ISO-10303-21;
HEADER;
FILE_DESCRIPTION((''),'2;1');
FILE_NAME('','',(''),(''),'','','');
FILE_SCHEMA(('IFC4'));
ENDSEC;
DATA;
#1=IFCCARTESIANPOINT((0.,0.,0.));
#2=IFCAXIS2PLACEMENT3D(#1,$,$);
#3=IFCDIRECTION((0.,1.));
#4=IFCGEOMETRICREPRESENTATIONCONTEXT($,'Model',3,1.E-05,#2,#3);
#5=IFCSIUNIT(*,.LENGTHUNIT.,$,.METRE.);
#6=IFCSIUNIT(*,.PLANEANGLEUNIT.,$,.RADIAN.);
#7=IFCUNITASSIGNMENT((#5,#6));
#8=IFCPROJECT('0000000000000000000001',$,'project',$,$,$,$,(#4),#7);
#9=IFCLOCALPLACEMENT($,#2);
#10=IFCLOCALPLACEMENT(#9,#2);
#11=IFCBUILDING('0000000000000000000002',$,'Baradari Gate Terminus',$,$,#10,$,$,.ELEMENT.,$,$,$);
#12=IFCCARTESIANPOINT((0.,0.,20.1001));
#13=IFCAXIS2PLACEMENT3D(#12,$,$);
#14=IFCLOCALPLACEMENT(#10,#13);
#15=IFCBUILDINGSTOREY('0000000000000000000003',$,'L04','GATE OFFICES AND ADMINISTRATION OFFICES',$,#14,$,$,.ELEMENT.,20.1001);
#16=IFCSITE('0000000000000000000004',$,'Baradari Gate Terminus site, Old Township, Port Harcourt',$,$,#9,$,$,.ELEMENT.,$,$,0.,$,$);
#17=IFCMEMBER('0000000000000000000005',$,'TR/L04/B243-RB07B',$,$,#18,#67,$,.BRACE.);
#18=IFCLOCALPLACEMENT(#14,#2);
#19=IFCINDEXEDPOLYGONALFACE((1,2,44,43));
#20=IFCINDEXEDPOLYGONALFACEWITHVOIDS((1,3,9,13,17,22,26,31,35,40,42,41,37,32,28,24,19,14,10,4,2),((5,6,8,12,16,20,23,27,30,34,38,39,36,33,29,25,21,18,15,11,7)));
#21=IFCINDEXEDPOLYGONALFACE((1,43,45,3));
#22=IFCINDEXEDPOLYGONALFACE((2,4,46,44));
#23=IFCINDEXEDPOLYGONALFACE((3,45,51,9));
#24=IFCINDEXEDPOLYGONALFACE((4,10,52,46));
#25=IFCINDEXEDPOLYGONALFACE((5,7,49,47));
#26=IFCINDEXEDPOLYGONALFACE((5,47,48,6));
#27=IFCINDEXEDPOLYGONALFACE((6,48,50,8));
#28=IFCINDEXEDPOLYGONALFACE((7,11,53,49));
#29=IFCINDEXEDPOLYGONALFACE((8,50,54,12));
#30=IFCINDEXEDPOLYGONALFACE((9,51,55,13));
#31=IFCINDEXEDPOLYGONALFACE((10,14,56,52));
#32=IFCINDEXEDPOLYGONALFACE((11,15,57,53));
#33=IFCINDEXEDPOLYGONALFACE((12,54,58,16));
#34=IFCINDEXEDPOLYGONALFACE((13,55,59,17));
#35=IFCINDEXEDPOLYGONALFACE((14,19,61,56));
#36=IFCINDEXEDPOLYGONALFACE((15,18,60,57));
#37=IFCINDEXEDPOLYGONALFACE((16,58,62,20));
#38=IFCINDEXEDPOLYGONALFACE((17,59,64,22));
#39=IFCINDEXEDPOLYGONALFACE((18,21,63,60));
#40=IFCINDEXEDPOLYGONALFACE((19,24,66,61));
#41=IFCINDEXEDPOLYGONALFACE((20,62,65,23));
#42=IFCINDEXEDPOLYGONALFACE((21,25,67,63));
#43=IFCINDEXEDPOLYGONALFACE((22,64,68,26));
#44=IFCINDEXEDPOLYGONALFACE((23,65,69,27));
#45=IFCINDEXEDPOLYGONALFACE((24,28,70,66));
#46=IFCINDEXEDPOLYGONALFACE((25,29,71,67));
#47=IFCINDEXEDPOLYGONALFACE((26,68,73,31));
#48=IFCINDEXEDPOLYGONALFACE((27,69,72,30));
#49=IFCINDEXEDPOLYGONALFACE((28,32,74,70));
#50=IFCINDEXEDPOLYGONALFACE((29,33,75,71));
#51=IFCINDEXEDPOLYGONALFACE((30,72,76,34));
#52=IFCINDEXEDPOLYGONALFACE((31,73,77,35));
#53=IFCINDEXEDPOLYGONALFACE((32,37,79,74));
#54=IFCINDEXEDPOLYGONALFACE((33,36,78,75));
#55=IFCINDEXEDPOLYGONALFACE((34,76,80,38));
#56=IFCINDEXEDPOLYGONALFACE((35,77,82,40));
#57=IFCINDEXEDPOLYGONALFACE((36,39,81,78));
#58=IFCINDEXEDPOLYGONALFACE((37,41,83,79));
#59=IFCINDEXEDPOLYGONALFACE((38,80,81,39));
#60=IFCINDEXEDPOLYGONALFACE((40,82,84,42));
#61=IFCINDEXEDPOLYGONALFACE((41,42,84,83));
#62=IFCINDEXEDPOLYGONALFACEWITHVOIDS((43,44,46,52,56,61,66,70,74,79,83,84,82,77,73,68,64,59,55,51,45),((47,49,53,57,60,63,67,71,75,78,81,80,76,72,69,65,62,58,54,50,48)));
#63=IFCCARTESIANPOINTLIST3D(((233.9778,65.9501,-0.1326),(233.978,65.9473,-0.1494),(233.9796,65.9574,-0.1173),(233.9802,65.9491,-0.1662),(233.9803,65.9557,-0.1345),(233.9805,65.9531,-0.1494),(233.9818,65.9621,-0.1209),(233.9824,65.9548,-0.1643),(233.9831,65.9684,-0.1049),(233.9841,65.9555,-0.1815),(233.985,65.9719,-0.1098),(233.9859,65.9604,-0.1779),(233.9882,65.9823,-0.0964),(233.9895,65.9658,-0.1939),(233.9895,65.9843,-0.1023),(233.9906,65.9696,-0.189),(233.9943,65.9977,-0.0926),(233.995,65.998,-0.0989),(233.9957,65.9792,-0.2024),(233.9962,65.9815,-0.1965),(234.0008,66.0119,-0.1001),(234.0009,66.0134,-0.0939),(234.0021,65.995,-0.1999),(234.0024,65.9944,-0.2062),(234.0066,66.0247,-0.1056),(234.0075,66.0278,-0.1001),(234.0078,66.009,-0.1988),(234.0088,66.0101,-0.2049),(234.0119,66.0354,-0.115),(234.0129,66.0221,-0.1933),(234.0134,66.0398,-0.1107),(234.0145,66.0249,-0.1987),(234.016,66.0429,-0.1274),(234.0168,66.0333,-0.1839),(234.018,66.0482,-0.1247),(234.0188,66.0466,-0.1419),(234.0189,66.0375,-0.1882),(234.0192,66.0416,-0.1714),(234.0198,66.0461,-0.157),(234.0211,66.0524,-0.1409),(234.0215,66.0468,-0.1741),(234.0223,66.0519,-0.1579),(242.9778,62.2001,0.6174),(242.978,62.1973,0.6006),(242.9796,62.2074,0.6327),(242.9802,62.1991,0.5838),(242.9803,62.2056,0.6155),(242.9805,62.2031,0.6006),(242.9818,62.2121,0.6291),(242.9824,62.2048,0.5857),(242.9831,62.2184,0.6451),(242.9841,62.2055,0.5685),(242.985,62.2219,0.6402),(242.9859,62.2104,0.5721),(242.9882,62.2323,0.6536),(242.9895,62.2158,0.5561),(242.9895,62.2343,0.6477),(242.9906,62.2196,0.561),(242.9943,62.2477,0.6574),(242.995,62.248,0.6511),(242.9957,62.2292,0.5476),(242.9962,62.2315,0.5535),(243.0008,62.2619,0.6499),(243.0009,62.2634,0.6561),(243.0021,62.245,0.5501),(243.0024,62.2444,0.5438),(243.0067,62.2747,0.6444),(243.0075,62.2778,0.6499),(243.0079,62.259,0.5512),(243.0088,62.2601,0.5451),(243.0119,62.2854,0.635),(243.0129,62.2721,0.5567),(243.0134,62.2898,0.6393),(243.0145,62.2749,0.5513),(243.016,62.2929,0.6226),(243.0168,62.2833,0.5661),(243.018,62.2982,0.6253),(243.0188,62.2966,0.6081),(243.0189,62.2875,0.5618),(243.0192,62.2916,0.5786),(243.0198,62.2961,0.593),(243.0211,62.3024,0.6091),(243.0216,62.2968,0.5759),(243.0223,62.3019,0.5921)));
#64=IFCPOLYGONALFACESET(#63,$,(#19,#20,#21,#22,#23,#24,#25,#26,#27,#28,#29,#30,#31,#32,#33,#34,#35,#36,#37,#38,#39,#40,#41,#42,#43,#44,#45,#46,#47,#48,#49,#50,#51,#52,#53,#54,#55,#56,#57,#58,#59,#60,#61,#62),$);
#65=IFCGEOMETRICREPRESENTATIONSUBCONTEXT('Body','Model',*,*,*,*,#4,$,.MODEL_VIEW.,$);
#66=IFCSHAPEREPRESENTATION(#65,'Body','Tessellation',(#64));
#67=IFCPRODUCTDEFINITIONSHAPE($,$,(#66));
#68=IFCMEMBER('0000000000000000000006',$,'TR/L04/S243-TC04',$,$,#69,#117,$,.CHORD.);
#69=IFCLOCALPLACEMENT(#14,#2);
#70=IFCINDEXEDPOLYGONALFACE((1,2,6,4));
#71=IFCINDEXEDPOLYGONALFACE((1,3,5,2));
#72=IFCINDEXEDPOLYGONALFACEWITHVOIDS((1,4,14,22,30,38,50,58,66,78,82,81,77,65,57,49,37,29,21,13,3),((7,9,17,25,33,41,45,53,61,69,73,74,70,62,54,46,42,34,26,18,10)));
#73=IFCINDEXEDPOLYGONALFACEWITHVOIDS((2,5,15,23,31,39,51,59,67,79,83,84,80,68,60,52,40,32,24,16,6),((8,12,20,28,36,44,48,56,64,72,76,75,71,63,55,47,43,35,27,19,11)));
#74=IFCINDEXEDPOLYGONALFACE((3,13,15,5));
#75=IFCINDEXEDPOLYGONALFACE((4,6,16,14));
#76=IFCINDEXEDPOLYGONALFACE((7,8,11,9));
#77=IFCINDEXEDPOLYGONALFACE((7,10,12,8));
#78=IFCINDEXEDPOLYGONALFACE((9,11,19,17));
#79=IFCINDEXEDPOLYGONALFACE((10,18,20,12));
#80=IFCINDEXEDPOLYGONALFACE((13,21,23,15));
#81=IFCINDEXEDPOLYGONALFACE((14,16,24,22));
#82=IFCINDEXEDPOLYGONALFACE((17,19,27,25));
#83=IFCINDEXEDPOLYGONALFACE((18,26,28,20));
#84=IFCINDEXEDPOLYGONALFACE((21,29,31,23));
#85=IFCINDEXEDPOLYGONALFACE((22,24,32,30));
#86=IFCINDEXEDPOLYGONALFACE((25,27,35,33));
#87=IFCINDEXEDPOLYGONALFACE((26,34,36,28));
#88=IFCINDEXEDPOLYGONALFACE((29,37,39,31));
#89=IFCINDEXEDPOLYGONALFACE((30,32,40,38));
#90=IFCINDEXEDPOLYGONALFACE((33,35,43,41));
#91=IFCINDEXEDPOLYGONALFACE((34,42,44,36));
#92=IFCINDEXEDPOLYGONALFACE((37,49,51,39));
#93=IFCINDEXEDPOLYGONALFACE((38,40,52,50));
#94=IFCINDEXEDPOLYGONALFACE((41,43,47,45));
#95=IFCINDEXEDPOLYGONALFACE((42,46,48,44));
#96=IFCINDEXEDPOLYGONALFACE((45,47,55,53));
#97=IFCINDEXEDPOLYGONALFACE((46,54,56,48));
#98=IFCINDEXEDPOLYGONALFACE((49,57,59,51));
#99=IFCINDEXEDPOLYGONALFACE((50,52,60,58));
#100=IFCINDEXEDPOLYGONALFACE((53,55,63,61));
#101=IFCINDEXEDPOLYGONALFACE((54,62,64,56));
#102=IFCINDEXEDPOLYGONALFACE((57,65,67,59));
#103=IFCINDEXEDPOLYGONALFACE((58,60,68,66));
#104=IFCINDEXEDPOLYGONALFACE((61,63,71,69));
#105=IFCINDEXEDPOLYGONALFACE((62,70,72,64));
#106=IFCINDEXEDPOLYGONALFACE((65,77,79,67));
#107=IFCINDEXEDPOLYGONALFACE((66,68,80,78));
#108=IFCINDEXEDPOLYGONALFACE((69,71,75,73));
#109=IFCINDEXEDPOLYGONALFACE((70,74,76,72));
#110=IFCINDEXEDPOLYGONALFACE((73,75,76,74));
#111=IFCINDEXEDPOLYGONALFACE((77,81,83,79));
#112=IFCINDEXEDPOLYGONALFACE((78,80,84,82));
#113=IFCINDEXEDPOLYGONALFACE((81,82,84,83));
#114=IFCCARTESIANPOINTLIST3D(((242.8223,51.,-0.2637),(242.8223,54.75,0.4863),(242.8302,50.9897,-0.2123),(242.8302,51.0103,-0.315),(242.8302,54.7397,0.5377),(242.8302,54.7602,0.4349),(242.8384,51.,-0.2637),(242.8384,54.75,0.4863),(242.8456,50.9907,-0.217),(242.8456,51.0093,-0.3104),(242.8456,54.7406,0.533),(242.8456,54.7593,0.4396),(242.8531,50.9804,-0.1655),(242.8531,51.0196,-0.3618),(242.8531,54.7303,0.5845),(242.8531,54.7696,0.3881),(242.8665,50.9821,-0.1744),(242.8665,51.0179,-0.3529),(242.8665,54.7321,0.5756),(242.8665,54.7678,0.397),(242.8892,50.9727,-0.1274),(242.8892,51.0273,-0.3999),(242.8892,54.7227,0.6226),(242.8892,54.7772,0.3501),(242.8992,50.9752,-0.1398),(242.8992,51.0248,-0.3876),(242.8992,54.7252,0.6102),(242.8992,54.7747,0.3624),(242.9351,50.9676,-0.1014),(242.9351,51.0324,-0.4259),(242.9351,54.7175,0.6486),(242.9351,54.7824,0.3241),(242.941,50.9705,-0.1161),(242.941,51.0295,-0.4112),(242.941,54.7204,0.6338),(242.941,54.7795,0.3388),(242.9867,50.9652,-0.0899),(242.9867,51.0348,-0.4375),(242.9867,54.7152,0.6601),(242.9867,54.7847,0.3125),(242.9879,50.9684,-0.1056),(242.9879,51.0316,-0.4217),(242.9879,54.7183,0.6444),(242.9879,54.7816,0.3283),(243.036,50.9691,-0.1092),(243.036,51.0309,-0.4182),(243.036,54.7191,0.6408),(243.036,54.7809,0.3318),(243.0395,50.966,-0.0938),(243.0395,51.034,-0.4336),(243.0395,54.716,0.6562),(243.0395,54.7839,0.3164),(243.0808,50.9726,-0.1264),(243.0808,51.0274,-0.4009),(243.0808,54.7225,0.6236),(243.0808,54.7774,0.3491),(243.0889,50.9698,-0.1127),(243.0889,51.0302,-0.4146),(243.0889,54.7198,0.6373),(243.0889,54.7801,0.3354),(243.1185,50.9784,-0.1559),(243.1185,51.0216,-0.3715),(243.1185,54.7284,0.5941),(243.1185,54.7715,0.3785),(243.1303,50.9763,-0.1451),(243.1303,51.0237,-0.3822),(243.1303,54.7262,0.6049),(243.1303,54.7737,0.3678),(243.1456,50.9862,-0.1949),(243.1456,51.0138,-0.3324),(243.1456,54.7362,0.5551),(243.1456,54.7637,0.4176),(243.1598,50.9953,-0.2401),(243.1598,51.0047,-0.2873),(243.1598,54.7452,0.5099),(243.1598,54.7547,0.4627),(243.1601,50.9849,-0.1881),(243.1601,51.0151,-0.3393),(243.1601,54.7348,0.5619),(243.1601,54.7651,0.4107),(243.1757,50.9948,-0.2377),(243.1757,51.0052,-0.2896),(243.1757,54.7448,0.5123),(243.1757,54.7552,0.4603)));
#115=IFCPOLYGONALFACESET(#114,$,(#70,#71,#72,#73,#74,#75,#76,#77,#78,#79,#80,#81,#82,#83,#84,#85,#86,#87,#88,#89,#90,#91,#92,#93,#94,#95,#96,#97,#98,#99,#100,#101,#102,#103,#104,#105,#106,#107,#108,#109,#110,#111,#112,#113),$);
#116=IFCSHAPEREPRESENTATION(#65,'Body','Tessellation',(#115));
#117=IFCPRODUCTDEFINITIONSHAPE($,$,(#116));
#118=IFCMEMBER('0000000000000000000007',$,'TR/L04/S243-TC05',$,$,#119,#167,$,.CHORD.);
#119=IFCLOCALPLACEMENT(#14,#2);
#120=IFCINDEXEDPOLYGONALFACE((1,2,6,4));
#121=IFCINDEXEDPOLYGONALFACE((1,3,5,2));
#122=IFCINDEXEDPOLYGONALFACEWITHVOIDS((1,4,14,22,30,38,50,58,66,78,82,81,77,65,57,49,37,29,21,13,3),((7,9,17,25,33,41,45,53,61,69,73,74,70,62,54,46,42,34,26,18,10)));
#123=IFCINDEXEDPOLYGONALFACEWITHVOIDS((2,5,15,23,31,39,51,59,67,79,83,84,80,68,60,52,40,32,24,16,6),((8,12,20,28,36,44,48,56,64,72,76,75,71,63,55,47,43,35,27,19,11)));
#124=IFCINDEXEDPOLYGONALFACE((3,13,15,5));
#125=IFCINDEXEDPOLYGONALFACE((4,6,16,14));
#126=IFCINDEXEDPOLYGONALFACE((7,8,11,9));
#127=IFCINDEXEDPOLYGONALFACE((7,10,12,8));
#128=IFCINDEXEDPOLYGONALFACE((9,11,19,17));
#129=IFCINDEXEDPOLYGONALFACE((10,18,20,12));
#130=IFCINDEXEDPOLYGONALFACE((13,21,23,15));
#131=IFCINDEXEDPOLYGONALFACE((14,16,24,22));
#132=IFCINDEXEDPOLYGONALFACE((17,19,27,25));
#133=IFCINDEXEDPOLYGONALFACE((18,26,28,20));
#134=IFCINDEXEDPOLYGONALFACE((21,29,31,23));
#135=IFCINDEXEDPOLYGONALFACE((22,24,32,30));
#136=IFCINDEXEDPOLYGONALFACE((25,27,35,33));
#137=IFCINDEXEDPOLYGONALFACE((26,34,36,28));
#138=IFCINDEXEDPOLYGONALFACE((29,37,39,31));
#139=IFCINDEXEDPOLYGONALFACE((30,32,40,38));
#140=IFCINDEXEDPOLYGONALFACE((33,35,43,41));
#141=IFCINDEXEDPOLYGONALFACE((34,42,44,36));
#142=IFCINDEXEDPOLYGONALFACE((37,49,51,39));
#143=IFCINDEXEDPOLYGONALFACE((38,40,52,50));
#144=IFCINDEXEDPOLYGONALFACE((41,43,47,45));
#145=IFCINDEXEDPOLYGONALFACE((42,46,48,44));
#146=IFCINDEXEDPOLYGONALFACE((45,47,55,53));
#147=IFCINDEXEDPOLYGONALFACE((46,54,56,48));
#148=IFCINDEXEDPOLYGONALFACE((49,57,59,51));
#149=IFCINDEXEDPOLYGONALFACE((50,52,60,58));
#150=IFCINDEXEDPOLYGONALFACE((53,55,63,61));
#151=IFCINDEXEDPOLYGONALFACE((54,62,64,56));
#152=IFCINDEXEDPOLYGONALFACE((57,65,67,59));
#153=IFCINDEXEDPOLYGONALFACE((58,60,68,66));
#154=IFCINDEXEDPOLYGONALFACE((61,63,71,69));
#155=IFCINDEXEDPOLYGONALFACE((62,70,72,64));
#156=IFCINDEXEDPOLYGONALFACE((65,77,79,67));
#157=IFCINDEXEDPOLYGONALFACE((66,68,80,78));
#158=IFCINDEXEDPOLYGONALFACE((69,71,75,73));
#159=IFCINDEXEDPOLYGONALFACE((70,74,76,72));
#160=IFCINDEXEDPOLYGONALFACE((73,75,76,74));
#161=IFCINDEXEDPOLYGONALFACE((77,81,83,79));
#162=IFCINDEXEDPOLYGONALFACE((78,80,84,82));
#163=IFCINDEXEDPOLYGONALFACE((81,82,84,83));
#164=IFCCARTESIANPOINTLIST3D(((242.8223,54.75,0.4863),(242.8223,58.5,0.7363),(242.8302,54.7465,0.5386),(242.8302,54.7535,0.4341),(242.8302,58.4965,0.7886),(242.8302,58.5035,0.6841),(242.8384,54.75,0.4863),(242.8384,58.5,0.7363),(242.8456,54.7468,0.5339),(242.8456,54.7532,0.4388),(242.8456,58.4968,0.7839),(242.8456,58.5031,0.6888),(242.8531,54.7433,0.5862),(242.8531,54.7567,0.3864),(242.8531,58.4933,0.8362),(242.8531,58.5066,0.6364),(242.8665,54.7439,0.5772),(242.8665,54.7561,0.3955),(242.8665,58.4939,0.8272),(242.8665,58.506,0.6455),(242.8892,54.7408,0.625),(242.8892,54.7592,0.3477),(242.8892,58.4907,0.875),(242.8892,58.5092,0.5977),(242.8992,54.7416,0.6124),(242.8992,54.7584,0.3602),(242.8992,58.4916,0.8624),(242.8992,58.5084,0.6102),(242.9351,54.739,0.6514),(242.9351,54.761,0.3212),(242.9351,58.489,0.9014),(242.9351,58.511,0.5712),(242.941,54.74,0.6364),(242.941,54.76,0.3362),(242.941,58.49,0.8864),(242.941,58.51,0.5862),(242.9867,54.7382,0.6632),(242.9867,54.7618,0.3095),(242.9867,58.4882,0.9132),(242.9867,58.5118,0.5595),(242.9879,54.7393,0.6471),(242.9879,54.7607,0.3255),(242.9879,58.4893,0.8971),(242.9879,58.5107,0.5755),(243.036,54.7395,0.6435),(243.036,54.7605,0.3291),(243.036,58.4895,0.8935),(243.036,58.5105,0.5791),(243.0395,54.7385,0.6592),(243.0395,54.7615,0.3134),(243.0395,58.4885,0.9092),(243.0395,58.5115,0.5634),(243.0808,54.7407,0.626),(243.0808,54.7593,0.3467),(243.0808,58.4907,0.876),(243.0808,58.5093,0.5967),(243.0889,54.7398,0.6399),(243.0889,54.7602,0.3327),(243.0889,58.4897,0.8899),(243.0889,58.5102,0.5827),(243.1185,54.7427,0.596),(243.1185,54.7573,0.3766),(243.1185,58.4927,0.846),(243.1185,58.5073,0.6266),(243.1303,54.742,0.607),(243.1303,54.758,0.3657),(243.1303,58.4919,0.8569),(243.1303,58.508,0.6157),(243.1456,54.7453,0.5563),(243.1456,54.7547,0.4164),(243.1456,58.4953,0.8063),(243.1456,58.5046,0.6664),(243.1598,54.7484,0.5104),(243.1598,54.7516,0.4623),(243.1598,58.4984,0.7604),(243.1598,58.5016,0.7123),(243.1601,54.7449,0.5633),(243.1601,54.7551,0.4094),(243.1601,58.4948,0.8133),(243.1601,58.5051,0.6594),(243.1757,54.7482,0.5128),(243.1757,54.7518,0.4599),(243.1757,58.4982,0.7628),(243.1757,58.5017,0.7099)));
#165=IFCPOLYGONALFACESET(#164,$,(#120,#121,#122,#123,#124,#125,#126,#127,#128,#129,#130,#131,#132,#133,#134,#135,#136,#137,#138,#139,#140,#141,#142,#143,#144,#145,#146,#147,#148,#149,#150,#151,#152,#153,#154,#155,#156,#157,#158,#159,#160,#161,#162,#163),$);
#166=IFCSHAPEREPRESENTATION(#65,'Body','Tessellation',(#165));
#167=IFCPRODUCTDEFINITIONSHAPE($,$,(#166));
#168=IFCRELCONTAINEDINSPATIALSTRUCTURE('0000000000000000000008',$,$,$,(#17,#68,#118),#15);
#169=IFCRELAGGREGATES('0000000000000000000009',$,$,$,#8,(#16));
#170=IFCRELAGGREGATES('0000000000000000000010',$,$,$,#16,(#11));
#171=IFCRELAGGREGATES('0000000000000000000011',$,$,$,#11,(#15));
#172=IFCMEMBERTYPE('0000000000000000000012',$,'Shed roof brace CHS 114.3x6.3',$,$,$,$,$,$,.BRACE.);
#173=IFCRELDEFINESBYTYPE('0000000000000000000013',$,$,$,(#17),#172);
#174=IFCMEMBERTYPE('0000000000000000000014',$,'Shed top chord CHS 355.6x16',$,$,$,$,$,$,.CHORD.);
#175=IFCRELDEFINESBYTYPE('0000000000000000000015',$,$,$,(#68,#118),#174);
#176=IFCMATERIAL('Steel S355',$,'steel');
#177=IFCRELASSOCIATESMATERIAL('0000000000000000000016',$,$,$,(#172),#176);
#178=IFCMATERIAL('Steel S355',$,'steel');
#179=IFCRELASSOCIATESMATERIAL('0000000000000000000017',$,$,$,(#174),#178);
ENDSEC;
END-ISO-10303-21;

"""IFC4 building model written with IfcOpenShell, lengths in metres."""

from ifc_helpers import new_model, si_unit, direction, frame, origin, origin_2d, place, context, subcontext, project, spatial, hollow_circle, extrude, material, material_profile, profile_set, type_object, element, save


model = new_model("IFC4")

# Units and contexts
model_context = context("Model", 3, precision=1e-05, world=origin(), true_north=direction((0.0, 1.0)))
body_context = subcontext(model_context, "Body", "Model", "MODEL_VIEW")
ifc_project = project(units=[si_unit("LENGTHUNIT", "METRE"), si_unit("PLANEANGLEUNIT", "RADIAN")], contexts=[model_context])

# Site, building, storey
site_placement = place(None, origin())
site = spatial("IfcSite", under=ifc_project, at=site_placement, Name="Baradari Gate Terminus site, Old Township, Port Harcourt", CompositionType="ELEMENT", RefElevation=0.0)
building_placement = place(site_placement, origin())
building = spatial("IfcBuilding", under=site, at=building_placement, Name="Baradari Gate Terminus", CompositionType="ELEMENT")
storey_placement = place(building_placement, frame((0.0, 0.0, 20.1001)))
storey = spatial("IfcBuildingStorey", under=building, at=storey_placement, Name="L04", Description="GATE OFFICES AND ADMINISTRATION OFFICES", CompositionType="ELEMENT", Elevation=20.1001)

# Members
ifc_material_1 = material(Name="Steel S355", Category="steel")
ifc_material_profile_1 = material_profile(ifc_material_1, hollow_circle(Radius=0.0571, WallThickness=0.0063, at=origin_2d()), Name="CHS 114.3x6.3")
ifc_profile_set_1 = profile_set([ifc_material_profile_1], Name="Steel S355")
member_type_1 = type_object("IfcMemberType", Name="Shed roof brace CHS 114.3x6.3", PredefinedType="BRACE", material=ifc_profile_set_1)
for number, where, z_axis, x_axis, name in (
    (1, (243.0, 62.25, 0.6006), (-0.920358, 0.383482, -0.076696), (-0.384615, -0.923077, 0.0), "TR/L04/B243-RB07B"),
):
    element("IfcMember", number, at=place(storey_placement, frame(where, z_axis=z_axis, x_axis=x_axis)), inside=storey, type_object=member_type_1, Name=name, PredefinedType="BRACE", context=body_context, shape_type="SweptSolid", body=[
        extrude(hollow_circle(Radius=0.0571, WallThickness=0.0063, at=origin_2d()), origin(), (0.0, 0.0, 1.0), 9.7788),
    ])
ifc_material_2 = material(Name="Steel S355", Category="steel")
ifc_material_profile_2 = material_profile(ifc_material_2, hollow_circle(Radius=0.1777, WallThickness=0.0161, at=origin_2d()), Name="CHS 355.6x16")
ifc_profile_set_2 = profile_set([ifc_material_profile_2], Name="Steel S355")
member_type_2 = type_object("IfcMemberType", Name="Shed top chord CHS 355.6x16", PredefinedType="CHORD", material=ifc_profile_set_2)
member_1_placement = place(storey_placement, frame((243.0, 51.0, -0.2637), z_axis=(0.0, 0.980581, 0.196116), x_axis=(-1.0, 0.0, 0.0)))
element("IfcMember", 2, at=member_1_placement, inside=storey, type_object=member_type_2, Name="TR/L04/S243-TC04", PredefinedType="CHORD", context=body_context, shape_type="SweptSolid", body=[
    extrude(hollow_circle(Radius=0.1777, WallThickness=0.0161, at=origin_2d()), origin(), (0.0, 0.0, 1.0), 3.8242),
])
for number, where, z_axis, x_axis, name in (
    (3, (243.0, 54.75, 0.4863), (0.0, 0.997785, 0.066519), (-1.0, 0.0, 0.0), "TR/L04/S243-TC05"),
):
    element("IfcMember", number, at=place(storey_placement, frame(where, z_axis=z_axis, x_axis=x_axis)), inside=storey, type_object=member_type_2, Name=name, PredefinedType="CHORD", context=body_context, shape_type="SweptSolid", body=[
        extrude(hollow_circle(Radius=0.1777, WallThickness=0.0161, at=origin_2d()), origin(), (0.0, 0.0, 1.0), 3.7583),
    ])

save(model, "model.ifc")
